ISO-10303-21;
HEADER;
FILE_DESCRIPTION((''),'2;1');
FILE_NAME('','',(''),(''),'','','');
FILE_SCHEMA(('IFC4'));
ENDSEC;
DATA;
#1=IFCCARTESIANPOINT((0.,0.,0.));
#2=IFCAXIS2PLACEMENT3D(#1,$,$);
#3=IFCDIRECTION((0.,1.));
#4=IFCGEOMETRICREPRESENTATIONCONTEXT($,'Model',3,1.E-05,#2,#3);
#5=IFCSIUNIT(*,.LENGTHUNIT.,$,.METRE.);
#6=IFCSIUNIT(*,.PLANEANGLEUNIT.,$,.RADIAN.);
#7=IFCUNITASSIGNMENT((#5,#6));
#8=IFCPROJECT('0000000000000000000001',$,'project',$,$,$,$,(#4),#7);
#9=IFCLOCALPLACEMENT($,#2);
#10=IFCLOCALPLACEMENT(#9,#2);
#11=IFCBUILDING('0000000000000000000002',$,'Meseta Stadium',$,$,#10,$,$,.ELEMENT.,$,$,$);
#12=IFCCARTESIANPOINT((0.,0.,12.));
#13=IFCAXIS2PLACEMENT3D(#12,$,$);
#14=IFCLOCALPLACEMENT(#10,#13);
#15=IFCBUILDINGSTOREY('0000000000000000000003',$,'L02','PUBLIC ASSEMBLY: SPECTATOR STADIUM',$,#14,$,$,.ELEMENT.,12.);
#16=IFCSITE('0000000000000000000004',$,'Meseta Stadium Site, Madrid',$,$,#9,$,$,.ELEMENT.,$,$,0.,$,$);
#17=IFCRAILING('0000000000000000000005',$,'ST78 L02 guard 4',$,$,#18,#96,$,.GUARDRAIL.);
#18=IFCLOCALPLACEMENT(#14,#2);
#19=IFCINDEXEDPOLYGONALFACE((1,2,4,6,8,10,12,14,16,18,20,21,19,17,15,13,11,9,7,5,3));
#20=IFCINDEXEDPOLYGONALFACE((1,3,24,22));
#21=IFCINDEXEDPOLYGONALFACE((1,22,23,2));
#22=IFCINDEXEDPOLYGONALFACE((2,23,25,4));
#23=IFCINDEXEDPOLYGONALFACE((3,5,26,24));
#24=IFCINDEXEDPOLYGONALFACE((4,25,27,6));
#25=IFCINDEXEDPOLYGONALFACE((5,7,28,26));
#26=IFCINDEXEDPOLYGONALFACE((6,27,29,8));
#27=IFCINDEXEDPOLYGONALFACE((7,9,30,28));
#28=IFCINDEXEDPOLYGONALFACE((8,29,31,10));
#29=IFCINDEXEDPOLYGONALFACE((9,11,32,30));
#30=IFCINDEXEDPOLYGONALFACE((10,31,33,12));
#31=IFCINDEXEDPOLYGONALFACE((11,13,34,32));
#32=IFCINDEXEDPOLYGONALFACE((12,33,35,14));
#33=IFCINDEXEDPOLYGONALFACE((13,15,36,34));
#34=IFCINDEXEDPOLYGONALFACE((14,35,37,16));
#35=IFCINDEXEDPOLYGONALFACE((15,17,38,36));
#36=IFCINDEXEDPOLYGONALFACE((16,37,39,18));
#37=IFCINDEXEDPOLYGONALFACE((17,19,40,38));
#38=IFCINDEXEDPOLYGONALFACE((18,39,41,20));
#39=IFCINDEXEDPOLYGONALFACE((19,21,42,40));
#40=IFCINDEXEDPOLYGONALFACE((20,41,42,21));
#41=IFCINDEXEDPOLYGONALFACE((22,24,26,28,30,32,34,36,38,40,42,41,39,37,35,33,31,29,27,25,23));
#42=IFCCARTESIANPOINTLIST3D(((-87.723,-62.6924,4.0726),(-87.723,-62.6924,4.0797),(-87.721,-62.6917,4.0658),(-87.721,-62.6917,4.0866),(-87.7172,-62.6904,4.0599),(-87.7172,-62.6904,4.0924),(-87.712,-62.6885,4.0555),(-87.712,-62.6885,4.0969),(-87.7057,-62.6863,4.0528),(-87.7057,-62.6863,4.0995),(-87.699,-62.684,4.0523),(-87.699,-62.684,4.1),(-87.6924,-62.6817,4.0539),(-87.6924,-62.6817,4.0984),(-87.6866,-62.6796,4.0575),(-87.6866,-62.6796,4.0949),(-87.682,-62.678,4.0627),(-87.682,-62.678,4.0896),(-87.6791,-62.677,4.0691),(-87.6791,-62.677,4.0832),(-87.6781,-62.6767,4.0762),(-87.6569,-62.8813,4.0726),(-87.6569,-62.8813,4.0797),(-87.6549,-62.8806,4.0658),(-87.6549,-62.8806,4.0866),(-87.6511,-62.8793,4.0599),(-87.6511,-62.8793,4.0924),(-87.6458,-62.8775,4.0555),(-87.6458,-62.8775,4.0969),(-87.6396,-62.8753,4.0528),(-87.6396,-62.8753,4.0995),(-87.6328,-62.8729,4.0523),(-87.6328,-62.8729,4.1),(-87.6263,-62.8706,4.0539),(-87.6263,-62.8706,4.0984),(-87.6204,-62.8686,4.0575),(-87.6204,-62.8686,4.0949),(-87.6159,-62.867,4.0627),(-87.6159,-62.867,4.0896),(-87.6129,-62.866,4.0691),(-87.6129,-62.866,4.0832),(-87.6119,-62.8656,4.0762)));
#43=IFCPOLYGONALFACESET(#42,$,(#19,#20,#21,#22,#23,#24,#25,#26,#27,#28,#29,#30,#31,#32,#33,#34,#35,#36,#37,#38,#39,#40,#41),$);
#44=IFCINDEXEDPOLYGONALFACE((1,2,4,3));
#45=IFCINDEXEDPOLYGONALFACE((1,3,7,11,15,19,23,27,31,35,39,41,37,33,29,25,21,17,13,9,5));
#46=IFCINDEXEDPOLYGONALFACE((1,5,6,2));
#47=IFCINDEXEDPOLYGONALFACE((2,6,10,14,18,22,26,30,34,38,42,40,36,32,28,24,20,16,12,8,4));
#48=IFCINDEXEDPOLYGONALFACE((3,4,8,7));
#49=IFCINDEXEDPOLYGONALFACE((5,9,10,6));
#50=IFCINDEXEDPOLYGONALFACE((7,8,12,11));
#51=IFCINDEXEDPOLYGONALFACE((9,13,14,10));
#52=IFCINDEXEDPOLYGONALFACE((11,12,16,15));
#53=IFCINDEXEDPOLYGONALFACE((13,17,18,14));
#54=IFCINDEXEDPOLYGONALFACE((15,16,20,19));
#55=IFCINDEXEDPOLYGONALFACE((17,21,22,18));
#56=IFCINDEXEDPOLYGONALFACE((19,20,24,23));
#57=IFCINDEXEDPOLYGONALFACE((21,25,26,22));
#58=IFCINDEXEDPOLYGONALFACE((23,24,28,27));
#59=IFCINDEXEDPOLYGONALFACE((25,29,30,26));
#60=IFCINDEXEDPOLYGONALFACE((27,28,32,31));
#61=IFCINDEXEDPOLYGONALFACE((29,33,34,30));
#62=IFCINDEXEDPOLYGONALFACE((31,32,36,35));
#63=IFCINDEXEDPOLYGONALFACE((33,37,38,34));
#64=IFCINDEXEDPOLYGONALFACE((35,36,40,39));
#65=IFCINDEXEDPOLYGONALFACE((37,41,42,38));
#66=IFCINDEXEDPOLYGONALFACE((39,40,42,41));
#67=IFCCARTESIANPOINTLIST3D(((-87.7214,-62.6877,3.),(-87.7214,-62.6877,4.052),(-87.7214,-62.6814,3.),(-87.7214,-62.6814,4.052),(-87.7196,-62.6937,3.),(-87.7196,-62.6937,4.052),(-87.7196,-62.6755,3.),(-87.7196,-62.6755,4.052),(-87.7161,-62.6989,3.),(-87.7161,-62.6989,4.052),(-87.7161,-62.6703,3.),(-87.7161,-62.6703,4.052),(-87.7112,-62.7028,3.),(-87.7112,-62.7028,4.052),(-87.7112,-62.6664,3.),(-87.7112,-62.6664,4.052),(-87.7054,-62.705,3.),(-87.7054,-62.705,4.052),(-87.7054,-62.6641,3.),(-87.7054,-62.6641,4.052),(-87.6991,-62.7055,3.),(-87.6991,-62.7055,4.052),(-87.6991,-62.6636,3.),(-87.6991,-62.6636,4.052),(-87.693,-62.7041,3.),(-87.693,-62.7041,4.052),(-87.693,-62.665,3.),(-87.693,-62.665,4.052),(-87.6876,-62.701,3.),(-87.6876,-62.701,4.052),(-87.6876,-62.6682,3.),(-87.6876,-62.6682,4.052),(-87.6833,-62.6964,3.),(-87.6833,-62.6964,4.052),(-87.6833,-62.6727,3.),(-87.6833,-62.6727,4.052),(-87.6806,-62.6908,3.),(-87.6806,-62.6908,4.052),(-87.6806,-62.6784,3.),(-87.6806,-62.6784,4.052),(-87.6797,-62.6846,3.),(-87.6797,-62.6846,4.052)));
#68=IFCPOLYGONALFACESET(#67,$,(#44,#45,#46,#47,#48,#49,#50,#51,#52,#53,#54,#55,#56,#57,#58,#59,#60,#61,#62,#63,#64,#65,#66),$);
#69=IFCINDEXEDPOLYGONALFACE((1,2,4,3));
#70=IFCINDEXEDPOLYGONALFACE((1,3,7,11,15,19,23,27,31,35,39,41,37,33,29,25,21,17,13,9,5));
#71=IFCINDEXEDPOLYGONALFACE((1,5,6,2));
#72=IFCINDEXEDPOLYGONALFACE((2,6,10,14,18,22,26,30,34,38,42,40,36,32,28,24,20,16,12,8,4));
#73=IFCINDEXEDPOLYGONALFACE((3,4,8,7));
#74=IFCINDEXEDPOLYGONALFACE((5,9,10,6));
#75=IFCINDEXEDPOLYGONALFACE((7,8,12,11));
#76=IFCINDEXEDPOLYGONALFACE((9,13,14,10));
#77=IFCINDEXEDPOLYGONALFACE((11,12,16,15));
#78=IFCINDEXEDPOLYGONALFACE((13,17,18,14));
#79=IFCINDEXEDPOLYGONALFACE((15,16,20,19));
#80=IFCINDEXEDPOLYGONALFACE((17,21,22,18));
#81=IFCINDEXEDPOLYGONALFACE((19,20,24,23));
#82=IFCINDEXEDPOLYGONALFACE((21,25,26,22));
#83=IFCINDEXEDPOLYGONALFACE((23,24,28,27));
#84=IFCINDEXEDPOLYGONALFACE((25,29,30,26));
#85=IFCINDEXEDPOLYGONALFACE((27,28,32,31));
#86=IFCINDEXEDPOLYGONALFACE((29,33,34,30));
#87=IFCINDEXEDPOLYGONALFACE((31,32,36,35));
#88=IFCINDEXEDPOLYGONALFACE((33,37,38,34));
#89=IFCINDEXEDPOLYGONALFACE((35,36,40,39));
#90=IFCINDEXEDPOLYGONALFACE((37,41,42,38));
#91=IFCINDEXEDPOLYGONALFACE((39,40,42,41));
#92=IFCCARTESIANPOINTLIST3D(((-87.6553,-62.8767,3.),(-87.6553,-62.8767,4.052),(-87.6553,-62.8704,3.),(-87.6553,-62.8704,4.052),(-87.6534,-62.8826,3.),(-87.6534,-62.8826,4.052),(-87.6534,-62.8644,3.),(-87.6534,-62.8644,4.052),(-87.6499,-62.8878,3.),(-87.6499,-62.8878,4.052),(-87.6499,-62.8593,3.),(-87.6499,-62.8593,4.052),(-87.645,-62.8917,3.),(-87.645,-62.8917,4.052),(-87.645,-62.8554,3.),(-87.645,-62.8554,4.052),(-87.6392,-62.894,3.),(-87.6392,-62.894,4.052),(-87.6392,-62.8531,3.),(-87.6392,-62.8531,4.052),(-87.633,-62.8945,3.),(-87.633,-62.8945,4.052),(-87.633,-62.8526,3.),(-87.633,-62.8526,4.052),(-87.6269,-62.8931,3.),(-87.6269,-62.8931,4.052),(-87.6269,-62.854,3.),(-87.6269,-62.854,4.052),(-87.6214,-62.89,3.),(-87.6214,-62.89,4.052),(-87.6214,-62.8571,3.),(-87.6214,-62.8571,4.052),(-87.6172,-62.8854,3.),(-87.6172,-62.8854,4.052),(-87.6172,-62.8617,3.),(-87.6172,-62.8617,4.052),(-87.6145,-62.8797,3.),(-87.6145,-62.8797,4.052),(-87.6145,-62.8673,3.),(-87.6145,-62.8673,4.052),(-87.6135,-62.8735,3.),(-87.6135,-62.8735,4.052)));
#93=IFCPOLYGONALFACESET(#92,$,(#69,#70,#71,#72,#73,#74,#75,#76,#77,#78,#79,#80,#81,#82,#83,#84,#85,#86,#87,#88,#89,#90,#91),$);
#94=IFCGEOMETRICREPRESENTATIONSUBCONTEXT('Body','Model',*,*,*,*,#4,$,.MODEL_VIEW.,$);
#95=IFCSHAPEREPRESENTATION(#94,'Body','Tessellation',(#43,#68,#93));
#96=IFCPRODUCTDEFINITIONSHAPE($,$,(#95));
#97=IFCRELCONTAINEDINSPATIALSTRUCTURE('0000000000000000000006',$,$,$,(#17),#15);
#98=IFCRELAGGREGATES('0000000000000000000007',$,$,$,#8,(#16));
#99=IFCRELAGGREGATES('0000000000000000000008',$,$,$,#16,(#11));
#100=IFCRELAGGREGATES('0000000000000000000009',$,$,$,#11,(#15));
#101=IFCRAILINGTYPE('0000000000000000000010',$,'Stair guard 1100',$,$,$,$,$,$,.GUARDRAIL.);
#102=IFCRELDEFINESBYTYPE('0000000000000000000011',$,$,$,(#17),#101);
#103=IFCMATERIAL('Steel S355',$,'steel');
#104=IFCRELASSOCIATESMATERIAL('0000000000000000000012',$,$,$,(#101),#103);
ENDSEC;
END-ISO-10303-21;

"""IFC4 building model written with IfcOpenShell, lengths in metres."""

from ifc_helpers import new_model, si_unit, direction, frame, origin, origin_2d, place, context, subcontext, project, spatial, circle, extrude, material, type_object, element, save


model = new_model("IFC4")

# Units and contexts
model_context = context("Model", 3, precision=1e-05, world=origin(), true_north=direction((0.0, 1.0)))
body_context = subcontext(model_context, "Body", "Model", "MODEL_VIEW")
ifc_project = project(units=[si_unit("LENGTHUNIT", "METRE"), si_unit("PLANEANGLEUNIT", "RADIAN")], contexts=[model_context])

# Site, building, storey
site_placement = place(None, origin())
site = spatial("IfcSite", under=ifc_project, at=site_placement, Name="Meseta Stadium Site, Madrid", CompositionType="ELEMENT", RefElevation=0.0)
building_placement = place(site_placement, origin())
building = spatial("IfcBuilding", under=site, at=building_placement, Name="Meseta Stadium", CompositionType="ELEMENT")
storey_placement = place(building_placement, frame((0.0, 0.0, 12.0)))
storey = spatial("IfcBuildingStorey", under=building, at=storey_placement, Name="L02", Description="PUBLIC ASSEMBLY: SPECTATOR STADIUM", CompositionType="ELEMENT", Elevation=12.0)

# Railing
ifc_material_1 = material(Name="Steel S355", Category="steel")
railing_type_1 = type_object("IfcRailingType", Name="Stair guard 1100", PredefinedType="GUARDRAIL", material=ifc_material_1)
railing_1_placement = place(storey_placement, frame((-87.7007, -62.6846, 3.0)))
element("IfcRailing", 1, at=railing_1_placement, inside=storey, type_object=railing_type_1, Name="ST78 L02 guard 4", PredefinedType="GUARDRAIL", context=body_context, shape_type="SweptSolid", body=[
    extrude(circle(Radius=0.0239, at=origin_2d()), frame((0.0, 0.0, 1.0762), z_axis=(0.330459, -0.94382, 0.0), x_axis=(0.94382, 0.330459, 0.0)), (0.0, 0.0, 1.0), 0.2002),
    extrude(circle(Radius=0.021, at=origin_2d()), origin(), (0.0, 0.0, 1.0), 1.052),
    extrude(circle(Radius=0.021, at=origin_2d()), frame((0.0662, -0.189, 0.0)), (0.0, 0.0, 1.0), 1.052),
])

save(model, "model.ifc")
